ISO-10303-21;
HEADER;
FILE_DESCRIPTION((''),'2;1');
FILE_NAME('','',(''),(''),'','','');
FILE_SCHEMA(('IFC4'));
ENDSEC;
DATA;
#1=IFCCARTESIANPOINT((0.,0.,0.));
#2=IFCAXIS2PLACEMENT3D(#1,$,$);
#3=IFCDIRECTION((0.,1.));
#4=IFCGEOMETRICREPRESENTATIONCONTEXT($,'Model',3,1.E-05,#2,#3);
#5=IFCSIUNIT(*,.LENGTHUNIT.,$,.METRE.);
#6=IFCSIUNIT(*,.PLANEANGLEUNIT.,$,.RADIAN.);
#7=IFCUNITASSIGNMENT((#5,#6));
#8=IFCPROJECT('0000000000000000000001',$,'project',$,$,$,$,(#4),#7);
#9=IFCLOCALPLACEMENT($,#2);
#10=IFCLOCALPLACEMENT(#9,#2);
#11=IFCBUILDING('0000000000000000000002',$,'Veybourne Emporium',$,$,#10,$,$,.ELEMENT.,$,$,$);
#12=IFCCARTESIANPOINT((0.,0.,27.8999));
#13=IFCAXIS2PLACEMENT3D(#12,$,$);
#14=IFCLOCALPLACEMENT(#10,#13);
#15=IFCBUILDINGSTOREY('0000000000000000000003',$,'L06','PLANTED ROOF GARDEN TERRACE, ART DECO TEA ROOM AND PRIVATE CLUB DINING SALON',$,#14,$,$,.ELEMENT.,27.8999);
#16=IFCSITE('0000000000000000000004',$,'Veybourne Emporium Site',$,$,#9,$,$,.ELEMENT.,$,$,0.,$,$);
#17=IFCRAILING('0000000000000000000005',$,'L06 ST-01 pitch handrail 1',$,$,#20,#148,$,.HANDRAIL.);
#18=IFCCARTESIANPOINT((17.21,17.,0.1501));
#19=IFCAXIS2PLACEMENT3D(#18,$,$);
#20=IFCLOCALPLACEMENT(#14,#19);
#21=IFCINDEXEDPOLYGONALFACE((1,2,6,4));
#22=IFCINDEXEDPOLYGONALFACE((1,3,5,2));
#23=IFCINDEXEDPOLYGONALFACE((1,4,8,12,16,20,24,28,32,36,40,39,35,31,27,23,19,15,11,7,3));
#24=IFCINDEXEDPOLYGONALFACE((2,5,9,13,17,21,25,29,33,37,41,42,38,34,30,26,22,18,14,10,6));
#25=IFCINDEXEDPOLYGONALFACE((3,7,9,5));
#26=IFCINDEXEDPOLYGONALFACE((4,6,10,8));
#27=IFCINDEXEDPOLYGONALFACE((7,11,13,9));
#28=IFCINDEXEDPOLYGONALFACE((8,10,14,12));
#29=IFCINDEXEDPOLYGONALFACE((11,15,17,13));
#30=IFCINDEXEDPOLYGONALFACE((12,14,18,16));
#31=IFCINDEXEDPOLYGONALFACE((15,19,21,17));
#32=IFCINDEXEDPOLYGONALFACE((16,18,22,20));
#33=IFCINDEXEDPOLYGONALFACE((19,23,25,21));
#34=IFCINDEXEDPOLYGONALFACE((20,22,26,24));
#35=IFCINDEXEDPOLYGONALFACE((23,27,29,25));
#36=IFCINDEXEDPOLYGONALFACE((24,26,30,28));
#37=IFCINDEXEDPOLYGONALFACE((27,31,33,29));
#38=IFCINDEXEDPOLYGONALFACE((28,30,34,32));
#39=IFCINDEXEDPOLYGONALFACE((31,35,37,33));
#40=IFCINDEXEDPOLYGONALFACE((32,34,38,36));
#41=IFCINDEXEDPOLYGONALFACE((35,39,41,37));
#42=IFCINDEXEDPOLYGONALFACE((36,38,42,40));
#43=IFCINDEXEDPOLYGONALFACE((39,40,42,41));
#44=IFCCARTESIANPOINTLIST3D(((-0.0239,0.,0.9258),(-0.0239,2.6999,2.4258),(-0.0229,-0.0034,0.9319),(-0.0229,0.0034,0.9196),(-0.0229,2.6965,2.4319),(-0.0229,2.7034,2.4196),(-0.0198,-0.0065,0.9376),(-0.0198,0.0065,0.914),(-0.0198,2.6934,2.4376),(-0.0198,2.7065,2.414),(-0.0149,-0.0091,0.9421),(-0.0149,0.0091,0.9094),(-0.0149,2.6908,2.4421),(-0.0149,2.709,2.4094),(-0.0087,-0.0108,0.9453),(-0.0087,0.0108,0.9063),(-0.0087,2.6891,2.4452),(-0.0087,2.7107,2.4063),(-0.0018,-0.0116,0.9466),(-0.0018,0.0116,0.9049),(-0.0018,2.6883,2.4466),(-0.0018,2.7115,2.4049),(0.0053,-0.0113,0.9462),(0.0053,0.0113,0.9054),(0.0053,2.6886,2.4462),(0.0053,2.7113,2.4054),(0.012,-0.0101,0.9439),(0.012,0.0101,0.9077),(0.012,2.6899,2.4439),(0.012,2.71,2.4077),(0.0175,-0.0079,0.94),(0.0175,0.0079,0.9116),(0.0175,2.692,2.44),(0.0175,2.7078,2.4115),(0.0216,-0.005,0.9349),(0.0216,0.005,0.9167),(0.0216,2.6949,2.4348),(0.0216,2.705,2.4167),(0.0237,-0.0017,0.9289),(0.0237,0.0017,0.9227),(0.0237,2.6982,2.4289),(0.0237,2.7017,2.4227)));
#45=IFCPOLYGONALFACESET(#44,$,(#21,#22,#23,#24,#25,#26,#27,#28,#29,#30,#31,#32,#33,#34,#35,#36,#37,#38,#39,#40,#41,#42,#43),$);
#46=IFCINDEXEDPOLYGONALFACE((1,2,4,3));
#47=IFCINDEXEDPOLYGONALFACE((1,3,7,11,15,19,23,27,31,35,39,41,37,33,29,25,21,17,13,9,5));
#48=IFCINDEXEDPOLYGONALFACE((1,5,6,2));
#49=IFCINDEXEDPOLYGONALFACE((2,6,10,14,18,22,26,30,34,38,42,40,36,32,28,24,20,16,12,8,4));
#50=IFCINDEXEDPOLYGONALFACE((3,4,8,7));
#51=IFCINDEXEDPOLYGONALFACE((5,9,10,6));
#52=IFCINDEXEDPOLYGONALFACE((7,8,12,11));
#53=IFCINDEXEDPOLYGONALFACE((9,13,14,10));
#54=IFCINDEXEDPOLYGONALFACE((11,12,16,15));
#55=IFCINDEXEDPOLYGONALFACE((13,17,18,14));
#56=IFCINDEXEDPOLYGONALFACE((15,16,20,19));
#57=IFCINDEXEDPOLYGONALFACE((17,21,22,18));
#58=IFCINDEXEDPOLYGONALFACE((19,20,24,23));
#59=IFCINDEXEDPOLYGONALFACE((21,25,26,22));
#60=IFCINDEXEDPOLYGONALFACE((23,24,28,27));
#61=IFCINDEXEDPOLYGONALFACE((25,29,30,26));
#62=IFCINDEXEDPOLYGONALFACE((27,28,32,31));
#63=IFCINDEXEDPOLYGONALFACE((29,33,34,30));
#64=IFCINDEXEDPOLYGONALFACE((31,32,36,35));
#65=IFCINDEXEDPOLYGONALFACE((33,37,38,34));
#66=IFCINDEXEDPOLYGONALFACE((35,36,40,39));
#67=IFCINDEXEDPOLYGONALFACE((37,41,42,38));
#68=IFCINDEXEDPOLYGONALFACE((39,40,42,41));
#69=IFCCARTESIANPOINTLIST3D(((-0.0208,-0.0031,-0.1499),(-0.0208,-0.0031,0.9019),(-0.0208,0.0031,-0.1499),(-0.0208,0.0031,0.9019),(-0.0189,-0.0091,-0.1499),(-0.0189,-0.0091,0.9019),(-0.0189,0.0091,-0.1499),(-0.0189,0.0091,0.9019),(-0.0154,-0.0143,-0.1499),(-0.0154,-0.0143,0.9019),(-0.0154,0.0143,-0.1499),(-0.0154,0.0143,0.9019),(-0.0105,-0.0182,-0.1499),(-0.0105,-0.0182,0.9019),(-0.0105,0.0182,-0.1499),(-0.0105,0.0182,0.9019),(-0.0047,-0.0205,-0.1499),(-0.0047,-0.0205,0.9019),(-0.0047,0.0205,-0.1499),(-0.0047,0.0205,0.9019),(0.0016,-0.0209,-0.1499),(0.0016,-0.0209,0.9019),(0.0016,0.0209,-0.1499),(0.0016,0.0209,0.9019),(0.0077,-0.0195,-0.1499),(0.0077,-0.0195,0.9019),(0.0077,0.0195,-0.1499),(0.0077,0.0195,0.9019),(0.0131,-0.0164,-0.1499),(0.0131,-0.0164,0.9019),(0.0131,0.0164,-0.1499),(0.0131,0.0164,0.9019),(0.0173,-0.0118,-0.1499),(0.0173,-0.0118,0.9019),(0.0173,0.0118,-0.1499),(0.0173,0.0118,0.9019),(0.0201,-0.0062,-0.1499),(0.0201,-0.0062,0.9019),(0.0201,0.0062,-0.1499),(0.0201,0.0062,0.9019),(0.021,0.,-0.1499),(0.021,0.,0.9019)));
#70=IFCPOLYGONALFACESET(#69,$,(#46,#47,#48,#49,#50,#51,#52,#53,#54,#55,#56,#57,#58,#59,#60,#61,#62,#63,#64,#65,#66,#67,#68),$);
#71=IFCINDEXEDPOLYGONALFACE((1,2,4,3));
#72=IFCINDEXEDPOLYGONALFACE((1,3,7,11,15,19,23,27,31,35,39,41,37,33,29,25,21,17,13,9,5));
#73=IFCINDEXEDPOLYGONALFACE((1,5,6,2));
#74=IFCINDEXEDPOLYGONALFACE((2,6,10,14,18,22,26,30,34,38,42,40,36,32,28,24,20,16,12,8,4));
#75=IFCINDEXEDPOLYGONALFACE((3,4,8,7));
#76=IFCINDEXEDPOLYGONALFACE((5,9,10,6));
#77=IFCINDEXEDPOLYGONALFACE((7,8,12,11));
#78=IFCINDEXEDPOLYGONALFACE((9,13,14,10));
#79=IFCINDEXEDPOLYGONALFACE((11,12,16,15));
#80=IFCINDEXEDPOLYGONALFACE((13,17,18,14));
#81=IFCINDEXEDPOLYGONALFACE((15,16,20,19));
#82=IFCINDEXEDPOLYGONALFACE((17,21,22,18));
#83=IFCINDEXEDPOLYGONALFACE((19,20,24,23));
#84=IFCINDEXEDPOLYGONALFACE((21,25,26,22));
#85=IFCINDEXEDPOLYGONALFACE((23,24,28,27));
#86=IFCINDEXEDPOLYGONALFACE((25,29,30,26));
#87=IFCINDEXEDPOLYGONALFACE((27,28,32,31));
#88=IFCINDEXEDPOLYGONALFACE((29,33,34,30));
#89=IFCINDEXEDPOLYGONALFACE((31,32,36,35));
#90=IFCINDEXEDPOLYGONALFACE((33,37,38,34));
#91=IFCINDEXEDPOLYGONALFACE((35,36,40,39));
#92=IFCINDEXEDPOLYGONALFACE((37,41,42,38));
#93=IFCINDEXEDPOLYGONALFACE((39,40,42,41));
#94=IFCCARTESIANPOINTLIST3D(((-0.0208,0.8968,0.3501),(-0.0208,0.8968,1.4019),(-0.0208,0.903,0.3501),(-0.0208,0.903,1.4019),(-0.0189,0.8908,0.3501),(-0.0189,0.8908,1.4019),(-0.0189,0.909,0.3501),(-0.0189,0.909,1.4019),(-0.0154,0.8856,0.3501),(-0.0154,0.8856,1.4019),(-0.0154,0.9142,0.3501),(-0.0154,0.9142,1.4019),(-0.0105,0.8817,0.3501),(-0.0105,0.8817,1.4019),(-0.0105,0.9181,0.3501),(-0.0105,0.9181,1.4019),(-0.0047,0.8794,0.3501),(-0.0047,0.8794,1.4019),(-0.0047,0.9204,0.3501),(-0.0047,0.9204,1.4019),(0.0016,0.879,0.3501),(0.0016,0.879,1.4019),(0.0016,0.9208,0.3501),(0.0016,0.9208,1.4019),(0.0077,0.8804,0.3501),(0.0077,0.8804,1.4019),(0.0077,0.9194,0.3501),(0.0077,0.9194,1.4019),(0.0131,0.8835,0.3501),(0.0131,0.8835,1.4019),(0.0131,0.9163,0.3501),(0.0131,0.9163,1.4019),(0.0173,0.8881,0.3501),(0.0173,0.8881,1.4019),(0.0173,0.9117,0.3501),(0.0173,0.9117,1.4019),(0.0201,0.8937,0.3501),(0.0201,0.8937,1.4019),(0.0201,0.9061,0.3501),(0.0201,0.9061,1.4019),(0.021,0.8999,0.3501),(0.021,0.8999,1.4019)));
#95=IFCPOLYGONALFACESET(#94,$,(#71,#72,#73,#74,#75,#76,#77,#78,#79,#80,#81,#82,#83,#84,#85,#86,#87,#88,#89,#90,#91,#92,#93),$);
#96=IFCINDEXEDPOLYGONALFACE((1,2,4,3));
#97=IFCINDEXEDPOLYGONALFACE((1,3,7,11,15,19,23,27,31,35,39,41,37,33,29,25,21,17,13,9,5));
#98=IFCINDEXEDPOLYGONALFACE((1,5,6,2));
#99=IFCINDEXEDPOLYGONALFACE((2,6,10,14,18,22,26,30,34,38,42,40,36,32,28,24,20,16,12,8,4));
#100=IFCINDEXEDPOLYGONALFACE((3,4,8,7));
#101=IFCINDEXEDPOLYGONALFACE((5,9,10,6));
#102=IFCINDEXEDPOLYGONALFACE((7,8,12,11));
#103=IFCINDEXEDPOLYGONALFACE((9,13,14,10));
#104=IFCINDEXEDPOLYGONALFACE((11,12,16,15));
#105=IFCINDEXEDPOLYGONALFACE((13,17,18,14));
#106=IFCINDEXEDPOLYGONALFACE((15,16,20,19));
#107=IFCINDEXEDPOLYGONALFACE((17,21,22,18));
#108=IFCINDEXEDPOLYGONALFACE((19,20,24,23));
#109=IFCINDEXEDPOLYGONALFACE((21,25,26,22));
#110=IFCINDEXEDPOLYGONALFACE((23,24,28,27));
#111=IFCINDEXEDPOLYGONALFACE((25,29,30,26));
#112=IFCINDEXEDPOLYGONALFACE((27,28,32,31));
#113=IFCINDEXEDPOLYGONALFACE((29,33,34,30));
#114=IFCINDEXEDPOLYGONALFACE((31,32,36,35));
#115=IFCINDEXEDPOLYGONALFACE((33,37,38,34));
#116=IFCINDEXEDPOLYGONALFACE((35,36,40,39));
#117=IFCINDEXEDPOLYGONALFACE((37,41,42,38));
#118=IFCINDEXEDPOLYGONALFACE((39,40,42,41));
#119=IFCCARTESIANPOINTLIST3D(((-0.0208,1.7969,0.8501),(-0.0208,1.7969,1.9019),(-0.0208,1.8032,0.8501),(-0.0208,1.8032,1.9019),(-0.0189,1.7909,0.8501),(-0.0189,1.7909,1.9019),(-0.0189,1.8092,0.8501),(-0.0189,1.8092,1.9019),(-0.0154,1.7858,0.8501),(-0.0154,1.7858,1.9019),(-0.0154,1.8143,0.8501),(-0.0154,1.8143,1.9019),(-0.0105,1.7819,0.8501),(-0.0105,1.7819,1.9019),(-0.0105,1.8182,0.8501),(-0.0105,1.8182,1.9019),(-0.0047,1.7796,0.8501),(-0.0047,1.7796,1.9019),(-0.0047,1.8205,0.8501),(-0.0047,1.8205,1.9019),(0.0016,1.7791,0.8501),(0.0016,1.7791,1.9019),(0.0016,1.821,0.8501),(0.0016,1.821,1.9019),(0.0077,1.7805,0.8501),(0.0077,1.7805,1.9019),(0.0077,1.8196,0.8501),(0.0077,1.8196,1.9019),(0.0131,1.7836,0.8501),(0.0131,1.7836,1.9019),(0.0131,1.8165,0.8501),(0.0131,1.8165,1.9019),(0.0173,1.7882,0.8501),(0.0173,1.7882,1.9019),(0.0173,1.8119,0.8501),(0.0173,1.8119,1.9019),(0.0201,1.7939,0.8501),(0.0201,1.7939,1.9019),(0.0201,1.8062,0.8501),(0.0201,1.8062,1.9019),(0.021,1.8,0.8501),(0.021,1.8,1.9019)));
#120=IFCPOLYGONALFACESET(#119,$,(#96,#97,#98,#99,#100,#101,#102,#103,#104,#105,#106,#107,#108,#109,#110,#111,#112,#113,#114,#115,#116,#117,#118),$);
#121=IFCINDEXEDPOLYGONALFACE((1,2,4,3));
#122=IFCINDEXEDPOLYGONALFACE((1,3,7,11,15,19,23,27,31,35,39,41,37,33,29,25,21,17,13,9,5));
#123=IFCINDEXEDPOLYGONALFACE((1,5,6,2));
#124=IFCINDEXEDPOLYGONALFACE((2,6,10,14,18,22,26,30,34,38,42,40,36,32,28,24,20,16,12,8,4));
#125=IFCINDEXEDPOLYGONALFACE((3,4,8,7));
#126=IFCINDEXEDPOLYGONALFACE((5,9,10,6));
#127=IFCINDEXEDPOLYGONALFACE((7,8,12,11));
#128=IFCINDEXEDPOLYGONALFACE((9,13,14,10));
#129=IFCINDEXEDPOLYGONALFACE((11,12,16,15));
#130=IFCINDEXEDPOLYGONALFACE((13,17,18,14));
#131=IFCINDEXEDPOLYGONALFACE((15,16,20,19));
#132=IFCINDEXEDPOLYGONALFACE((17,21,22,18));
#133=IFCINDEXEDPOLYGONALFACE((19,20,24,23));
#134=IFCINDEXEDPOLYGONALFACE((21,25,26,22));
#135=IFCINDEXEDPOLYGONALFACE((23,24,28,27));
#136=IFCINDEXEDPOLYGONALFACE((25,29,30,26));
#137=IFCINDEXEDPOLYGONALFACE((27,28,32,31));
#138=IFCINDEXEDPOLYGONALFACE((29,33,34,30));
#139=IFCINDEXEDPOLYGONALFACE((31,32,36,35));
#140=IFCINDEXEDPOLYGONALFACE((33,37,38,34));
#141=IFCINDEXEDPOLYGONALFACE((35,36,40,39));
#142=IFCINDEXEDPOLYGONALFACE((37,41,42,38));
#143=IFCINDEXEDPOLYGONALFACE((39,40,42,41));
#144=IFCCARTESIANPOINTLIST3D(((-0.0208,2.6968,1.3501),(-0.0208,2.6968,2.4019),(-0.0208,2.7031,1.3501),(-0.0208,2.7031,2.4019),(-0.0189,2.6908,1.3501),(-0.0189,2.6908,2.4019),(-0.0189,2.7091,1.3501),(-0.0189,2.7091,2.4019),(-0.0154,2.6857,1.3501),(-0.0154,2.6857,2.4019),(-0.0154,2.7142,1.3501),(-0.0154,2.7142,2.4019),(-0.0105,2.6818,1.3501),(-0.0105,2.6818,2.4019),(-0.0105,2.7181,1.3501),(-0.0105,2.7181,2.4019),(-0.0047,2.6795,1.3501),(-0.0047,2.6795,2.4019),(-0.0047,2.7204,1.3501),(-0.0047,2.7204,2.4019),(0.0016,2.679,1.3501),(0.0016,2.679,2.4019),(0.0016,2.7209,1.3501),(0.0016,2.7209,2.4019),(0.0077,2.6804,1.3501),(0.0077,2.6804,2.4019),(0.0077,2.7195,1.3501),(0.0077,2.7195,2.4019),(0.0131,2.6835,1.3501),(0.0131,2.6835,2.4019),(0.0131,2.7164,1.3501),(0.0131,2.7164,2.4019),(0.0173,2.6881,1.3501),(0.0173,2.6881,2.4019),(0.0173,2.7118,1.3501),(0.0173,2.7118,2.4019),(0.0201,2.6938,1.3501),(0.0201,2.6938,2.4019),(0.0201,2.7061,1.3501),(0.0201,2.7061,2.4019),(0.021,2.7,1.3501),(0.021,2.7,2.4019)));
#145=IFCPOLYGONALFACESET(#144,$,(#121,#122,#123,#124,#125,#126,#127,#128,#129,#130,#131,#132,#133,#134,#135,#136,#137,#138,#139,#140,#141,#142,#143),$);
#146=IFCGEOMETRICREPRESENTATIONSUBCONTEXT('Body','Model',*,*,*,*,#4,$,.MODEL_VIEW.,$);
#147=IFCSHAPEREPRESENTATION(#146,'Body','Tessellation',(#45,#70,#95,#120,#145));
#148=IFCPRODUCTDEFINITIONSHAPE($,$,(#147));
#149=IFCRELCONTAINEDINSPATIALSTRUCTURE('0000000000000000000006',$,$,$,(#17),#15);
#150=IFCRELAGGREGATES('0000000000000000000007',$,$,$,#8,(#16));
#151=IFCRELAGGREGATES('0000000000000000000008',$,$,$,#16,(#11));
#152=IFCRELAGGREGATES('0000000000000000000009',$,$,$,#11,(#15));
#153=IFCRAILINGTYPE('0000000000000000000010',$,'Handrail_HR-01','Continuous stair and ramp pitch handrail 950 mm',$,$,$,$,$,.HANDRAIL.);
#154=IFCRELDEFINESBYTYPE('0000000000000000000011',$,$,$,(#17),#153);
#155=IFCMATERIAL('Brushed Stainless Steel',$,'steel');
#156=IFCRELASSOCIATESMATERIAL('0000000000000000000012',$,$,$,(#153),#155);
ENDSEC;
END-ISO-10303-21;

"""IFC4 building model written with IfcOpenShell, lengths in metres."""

from ifc_helpers import new_model, si_unit, direction, frame, origin, origin_2d, place, context, subcontext, project, spatial, circle, extrude, material, type_object, element, save


model = new_model("IFC4")

# Units and contexts
model_context = context("Model", 3, precision=1e-05, world=origin(), true_north=direction((0.0, 1.0)))
body_context = subcontext(model_context, "Body", "Model", "MODEL_VIEW")
ifc_project = project(units=[si_unit("LENGTHUNIT", "METRE"), si_unit("PLANEANGLEUNIT", "RADIAN")], contexts=[model_context])

# Site, building, storey
site_placement = place(None, origin())
site = spatial("IfcSite", under=ifc_project, at=site_placement, Name="Veybourne Emporium Site", CompositionType="ELEMENT", RefElevation=0.0)
building_placement = place(site_placement, origin())
building = spatial("IfcBuilding", under=site, at=building_placement, Name="Veybourne Emporium", CompositionType="ELEMENT")
storey_placement = place(building_placement, frame((0.0, 0.0, 27.8999)))
storey = spatial("IfcBuildingStorey", under=building, at=storey_placement, Name="L06", Description="PLANTED ROOF GARDEN TERRACE, ART DECO TEA ROOM AND PRIVATE CLUB DINING SALON", CompositionType="ELEMENT", Elevation=27.8999)

# Railing
ifc_material_1 = material(Name="Brushed Stainless Steel", Category="steel")
railing_type_1 = type_object("IfcRailingType", Name="Handrail_HR-01", Description="Continuous stair and ramp pitch handrail 950 mm", PredefinedType="HANDRAIL", material=ifc_material_1)
railing_1_placement = place(storey_placement, frame((17.21, 17.0, 0.1501)))
element("IfcRailing", 1, at=railing_1_placement, inside=storey, type_object=railing_type_1, Name="L06 ST-01 pitch handrail 1", PredefinedType="HANDRAIL", context=body_context, shape_type="SweptSolid", body=[
    extrude(circle(Radius=0.0239, at=origin_2d()), frame((0.0, 0.0, 0.9258), z_axis=(0.0, 0.874154, 0.48565), x_axis=(-1.0, 0.0, 0.0)), (0.0, 0.0, 1.0), 3.0886),
    extrude(circle(Radius=0.021, at=origin_2d()), frame((0.0, 0.0, -0.1499)), (0.0, 0.0, 1.0), 1.0518),
    extrude(circle(Radius=0.021, at=origin_2d()), frame((0.0, 0.8999, 0.3501)), (0.0, 0.0, 1.0), 1.0518),
    extrude(circle(Radius=0.021, at=origin_2d()), frame((0.0, 1.8, 0.8501)), (0.0, 0.0, 1.0), 1.0518),
    extrude(circle(Radius=0.021, at=origin_2d()), frame((0.0, 2.7, 1.3501)), (0.0, 0.0, 1.0), 1.0518),
])

save(model, "model.ifc")
